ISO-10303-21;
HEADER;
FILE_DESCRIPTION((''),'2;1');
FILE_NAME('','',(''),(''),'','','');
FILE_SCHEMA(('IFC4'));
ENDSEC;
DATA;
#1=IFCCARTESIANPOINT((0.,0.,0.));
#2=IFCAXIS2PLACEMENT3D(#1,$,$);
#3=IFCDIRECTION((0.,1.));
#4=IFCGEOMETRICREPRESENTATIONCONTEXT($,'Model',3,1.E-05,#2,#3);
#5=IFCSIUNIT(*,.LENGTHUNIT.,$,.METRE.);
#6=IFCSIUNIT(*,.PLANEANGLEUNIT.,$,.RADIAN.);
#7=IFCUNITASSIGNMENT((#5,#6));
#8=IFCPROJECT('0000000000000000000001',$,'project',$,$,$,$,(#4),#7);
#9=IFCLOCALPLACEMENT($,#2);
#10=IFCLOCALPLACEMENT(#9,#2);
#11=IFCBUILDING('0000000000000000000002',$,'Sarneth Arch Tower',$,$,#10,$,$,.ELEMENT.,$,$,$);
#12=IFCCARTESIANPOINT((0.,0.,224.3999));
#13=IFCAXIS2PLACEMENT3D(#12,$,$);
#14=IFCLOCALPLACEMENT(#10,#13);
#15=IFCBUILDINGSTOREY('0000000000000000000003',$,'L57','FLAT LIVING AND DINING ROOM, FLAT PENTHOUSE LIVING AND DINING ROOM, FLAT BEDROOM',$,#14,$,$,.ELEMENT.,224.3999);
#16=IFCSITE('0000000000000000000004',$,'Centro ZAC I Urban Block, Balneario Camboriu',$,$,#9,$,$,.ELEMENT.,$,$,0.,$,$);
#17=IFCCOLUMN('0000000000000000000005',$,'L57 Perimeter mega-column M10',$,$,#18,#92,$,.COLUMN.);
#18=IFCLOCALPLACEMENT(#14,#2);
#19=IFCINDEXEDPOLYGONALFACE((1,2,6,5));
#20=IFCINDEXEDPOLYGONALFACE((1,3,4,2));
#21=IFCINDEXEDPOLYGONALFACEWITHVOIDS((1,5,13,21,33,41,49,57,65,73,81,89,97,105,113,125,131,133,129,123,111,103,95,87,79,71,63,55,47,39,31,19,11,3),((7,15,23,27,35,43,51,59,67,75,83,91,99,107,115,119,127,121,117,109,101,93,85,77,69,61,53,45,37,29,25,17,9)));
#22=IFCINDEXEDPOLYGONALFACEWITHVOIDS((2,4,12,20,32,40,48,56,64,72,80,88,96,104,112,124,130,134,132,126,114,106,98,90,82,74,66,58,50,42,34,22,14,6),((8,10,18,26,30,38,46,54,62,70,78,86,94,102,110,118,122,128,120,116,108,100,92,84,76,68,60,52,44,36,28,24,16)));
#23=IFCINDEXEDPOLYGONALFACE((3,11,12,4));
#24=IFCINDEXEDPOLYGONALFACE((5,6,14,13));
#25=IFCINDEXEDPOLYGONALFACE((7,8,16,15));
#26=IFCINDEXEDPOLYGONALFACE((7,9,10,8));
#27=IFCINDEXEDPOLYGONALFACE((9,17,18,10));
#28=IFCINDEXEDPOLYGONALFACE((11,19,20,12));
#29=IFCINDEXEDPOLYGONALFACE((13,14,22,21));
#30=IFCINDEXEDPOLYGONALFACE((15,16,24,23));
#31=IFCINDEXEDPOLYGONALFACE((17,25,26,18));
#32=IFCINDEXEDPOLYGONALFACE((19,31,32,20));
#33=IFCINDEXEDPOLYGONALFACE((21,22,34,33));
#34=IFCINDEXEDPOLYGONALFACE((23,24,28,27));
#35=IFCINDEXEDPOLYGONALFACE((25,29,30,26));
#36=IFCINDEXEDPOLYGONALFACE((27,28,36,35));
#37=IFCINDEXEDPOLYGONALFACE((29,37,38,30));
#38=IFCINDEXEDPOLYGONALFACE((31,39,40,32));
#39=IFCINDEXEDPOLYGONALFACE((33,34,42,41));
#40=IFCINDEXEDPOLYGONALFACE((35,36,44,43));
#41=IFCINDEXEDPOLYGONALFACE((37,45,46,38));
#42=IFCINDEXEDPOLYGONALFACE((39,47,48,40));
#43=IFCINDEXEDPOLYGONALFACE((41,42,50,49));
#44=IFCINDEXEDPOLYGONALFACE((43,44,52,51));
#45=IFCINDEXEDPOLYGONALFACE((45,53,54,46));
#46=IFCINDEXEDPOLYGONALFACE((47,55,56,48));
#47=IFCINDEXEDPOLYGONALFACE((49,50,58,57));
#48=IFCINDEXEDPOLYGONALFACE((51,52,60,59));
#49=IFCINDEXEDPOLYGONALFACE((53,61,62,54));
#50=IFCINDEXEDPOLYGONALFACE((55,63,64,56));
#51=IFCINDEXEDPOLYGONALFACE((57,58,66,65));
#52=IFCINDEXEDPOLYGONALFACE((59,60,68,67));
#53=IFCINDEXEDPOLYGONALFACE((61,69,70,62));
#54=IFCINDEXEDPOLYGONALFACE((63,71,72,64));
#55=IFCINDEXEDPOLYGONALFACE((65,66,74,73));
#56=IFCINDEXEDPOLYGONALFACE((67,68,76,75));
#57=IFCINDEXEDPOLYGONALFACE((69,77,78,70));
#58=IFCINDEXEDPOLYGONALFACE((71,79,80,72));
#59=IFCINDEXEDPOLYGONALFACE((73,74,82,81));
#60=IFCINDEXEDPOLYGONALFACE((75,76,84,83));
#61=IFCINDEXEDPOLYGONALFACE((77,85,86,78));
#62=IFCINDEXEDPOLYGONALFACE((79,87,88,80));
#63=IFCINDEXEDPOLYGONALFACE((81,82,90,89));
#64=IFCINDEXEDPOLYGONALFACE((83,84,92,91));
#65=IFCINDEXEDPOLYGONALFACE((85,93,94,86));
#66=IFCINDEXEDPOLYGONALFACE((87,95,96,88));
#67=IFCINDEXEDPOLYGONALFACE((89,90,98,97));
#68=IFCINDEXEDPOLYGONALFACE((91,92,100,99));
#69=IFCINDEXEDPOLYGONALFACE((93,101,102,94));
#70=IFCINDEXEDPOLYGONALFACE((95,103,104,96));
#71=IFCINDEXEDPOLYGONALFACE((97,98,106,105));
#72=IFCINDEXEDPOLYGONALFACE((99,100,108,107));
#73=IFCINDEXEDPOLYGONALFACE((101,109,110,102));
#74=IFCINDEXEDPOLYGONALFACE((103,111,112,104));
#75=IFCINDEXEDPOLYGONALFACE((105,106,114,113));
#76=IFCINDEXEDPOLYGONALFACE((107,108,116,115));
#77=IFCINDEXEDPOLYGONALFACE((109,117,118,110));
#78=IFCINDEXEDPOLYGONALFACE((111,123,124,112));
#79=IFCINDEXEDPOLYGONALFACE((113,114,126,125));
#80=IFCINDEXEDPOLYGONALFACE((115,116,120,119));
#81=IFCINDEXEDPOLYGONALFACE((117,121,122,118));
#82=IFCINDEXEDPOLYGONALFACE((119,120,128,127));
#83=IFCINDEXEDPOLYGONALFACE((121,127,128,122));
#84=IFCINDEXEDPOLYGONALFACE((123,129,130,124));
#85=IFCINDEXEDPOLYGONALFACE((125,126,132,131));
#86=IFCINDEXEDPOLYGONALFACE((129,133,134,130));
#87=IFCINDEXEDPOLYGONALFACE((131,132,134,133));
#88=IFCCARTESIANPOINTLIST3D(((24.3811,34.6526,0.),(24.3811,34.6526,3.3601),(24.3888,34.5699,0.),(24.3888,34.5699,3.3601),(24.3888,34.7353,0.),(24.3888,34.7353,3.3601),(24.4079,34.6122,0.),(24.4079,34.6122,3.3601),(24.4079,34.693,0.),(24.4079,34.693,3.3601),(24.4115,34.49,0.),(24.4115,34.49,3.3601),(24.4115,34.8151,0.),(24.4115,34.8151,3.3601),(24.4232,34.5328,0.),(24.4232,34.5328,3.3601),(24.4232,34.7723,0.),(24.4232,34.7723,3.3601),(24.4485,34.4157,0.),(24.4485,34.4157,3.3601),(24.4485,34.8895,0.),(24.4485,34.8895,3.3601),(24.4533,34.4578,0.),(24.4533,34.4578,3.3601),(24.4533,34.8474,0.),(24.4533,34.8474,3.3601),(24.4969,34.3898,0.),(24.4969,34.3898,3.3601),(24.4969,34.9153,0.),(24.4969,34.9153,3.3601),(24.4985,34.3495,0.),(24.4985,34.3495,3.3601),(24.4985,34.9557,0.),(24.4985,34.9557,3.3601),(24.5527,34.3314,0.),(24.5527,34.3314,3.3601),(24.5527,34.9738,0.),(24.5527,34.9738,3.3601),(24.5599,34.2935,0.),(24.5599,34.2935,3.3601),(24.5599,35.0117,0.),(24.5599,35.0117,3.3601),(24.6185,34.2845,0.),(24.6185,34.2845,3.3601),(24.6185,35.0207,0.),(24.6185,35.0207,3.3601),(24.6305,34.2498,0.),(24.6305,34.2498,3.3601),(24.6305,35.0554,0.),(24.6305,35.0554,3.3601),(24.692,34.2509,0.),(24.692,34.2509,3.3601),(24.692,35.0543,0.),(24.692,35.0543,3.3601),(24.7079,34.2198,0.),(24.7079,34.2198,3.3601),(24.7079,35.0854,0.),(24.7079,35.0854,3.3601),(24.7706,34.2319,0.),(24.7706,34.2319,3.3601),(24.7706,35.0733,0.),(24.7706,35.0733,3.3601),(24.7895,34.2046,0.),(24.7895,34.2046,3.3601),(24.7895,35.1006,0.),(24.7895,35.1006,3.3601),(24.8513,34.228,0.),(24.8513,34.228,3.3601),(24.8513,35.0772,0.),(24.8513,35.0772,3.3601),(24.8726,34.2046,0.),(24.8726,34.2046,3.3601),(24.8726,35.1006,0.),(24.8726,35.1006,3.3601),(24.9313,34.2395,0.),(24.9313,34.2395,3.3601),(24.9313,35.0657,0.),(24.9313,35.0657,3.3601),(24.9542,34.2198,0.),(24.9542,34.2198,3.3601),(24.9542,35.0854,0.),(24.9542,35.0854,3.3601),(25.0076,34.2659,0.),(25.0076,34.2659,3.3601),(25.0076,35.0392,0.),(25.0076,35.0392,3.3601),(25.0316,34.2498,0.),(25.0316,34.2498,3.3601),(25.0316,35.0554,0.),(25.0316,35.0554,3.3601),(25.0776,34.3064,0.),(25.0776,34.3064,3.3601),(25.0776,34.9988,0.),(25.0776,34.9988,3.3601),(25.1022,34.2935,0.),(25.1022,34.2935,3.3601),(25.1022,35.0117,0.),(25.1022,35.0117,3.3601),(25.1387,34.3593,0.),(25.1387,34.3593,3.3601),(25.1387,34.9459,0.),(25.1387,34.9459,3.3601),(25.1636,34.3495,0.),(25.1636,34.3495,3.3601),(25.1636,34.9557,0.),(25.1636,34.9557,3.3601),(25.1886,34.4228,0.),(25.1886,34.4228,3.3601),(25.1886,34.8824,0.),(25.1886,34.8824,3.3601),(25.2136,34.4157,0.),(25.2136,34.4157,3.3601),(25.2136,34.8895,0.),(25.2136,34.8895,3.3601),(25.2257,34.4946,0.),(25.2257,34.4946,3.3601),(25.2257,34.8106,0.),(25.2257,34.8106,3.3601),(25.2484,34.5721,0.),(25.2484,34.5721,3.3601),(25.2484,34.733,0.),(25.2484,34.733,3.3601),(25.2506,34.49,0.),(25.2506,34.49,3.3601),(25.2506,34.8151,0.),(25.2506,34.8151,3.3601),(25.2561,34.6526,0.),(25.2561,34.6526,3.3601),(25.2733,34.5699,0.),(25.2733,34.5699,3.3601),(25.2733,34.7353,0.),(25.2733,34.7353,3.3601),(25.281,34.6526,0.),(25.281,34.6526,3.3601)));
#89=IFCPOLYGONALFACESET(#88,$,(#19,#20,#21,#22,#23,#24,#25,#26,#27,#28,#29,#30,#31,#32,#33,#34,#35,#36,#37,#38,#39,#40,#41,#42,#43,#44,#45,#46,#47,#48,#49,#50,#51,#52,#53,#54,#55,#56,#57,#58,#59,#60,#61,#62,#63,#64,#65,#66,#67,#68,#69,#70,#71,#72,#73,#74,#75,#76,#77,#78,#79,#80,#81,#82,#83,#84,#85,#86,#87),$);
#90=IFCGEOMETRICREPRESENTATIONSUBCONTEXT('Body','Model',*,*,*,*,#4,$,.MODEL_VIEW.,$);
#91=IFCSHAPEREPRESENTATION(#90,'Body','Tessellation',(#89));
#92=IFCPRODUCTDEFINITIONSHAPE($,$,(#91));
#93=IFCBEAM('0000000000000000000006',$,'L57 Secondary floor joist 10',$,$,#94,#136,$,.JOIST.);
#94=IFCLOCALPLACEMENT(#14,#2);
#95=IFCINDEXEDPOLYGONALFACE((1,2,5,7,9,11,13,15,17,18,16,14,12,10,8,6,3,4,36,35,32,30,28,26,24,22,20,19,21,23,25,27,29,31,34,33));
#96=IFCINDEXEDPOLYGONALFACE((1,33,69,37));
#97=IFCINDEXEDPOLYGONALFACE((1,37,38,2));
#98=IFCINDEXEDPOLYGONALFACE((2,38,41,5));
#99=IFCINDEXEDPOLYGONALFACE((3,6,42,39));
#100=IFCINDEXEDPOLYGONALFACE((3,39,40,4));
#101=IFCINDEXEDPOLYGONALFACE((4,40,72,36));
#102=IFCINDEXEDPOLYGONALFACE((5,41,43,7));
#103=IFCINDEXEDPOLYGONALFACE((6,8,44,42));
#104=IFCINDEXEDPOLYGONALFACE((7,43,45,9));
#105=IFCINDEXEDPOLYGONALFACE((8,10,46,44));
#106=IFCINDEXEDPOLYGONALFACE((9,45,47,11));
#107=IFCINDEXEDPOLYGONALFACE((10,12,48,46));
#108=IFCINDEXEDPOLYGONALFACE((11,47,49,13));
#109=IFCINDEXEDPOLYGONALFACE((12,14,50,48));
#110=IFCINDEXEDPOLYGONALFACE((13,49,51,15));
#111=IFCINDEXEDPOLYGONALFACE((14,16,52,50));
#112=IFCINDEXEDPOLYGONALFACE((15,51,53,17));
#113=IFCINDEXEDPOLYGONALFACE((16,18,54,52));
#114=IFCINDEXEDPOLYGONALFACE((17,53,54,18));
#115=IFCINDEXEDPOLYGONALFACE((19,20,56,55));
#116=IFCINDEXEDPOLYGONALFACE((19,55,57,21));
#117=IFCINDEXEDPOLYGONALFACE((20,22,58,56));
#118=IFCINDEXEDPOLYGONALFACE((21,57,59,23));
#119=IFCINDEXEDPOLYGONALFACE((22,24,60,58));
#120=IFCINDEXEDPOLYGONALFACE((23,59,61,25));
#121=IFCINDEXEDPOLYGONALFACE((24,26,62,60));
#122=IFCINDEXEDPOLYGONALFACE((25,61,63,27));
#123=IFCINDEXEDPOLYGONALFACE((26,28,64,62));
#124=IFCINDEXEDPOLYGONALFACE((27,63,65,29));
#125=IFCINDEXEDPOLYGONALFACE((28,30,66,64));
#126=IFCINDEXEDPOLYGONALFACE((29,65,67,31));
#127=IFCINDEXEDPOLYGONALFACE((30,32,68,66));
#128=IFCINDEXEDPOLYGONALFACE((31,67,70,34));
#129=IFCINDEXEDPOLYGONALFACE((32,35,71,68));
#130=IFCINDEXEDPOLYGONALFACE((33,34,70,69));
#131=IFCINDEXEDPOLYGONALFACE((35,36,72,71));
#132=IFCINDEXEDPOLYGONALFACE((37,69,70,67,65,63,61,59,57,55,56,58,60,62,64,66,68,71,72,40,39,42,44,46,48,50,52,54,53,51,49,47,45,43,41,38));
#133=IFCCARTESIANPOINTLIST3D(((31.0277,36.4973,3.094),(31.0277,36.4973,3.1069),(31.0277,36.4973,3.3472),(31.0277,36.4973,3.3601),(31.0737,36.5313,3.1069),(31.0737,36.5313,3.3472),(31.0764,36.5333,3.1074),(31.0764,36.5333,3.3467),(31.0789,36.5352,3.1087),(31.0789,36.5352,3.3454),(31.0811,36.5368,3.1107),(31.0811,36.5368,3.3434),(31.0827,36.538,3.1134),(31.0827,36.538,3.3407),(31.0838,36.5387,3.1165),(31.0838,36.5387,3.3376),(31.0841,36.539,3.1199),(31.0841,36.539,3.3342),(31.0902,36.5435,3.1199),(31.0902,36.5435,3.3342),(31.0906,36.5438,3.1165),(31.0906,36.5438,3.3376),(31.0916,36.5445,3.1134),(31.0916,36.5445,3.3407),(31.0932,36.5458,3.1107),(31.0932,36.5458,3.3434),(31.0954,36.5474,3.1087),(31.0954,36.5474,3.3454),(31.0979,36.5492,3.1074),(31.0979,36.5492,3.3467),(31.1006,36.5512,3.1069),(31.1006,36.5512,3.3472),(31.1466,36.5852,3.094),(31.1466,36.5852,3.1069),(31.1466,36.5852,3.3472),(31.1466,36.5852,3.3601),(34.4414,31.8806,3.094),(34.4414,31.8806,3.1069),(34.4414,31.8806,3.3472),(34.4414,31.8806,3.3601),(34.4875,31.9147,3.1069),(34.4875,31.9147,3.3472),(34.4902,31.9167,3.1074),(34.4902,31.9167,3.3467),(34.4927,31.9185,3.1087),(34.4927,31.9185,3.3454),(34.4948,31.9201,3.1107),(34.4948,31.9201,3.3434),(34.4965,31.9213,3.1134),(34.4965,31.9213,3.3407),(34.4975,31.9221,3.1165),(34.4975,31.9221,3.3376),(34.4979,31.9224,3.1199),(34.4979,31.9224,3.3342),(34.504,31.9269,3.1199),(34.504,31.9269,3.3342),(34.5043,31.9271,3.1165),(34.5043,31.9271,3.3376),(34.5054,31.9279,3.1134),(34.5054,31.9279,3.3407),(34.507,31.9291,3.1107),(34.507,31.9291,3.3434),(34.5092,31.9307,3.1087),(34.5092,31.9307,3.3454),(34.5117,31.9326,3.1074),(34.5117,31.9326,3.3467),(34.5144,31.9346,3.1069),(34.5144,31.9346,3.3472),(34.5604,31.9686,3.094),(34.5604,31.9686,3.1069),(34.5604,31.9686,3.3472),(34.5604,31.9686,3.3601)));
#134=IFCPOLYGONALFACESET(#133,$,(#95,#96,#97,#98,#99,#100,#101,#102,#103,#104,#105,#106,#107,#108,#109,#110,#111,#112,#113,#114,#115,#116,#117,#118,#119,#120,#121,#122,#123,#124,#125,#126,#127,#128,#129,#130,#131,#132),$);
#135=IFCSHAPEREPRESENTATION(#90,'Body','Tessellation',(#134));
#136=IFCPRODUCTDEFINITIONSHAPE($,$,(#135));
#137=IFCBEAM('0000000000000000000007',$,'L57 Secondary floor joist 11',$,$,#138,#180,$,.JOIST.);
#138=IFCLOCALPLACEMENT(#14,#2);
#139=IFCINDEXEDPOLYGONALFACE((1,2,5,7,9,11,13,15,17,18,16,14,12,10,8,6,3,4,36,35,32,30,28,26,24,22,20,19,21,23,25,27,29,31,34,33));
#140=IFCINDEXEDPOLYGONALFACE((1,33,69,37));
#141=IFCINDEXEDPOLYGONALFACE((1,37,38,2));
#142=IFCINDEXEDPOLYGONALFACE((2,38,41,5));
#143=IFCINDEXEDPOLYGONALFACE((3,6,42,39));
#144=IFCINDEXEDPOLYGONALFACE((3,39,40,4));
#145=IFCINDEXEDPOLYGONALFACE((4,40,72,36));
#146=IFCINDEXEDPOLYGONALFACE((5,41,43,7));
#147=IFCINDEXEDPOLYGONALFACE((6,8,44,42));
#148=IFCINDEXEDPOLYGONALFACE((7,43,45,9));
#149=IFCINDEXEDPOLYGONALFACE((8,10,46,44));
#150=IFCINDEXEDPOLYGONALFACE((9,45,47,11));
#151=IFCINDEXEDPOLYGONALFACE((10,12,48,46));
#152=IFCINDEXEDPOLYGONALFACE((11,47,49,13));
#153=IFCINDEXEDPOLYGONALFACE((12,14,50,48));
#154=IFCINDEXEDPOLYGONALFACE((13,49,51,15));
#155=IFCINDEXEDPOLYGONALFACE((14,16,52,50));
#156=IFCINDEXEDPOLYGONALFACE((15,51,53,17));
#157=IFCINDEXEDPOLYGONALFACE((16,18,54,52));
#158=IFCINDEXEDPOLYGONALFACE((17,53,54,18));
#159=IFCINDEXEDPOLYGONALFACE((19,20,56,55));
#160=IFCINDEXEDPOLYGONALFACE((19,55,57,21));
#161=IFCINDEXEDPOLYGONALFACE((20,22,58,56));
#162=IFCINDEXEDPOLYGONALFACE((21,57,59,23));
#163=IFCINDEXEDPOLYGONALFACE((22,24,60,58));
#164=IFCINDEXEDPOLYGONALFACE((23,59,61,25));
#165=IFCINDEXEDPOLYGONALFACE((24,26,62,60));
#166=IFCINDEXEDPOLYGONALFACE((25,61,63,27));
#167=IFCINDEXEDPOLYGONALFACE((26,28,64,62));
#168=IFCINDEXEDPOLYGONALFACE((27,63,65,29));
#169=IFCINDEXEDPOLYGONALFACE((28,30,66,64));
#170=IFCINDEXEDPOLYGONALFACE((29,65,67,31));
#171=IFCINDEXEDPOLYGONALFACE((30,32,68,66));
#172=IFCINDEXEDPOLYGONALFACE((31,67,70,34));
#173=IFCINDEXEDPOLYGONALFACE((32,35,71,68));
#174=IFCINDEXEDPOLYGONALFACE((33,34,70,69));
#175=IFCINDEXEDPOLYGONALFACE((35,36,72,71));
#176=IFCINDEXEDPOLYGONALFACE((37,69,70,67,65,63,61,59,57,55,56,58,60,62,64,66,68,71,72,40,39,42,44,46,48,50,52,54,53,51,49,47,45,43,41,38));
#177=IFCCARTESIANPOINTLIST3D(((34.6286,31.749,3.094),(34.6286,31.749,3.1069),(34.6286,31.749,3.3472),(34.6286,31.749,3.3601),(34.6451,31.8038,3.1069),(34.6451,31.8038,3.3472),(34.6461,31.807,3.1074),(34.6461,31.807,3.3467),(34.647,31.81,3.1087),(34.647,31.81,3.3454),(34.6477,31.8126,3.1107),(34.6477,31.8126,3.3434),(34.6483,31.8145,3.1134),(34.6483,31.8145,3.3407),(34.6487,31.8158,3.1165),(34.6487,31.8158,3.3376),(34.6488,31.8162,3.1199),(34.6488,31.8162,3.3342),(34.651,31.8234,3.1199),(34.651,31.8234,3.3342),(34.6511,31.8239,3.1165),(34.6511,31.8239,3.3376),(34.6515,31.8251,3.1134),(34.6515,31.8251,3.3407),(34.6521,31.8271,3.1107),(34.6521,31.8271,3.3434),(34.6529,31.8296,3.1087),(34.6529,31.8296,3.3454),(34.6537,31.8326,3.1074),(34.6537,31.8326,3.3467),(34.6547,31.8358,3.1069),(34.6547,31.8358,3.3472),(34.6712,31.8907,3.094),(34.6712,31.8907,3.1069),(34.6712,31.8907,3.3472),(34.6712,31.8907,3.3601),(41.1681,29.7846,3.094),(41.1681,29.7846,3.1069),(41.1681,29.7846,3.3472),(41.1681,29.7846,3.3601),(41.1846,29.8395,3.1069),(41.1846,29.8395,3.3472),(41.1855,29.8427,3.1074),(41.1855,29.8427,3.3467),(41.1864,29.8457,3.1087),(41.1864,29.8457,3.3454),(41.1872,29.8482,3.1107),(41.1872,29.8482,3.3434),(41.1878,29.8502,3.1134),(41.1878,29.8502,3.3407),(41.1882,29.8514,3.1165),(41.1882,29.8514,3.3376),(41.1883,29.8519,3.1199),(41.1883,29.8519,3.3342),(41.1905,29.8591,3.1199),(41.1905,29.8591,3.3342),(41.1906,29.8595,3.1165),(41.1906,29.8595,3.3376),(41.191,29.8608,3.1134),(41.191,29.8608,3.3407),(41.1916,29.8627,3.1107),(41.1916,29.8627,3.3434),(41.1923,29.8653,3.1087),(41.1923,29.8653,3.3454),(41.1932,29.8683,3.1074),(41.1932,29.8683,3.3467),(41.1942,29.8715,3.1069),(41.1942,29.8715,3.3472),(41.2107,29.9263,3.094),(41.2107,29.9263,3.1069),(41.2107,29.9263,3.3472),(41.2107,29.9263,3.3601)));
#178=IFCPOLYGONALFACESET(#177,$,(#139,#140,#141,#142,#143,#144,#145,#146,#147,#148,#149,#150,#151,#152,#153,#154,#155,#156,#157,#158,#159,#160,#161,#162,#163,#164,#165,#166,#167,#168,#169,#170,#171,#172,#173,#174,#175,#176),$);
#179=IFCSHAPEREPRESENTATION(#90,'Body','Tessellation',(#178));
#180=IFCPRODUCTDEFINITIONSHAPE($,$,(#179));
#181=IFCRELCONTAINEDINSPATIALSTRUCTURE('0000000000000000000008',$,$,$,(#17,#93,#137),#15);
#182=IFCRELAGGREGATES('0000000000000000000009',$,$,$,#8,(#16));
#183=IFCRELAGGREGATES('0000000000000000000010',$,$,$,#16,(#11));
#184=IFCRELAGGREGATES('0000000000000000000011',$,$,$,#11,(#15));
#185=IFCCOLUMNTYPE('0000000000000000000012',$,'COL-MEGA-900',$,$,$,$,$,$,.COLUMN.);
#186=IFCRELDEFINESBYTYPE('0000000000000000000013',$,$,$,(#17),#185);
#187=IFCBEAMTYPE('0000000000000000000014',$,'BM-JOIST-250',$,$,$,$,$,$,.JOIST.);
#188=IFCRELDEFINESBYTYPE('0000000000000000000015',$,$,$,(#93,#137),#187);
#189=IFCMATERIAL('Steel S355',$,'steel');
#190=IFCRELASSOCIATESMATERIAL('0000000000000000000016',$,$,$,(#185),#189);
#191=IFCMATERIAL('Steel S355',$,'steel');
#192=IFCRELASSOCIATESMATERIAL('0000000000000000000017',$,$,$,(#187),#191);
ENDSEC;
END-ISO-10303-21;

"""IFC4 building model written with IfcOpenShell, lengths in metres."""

from ifc_helpers import new_model, si_unit, direction, frame, origin, origin_2d, place, context, subcontext, project, spatial, hollow_circle, i_section, extrude, material, material_profile, profile_set, type_object, element, save


model = new_model("IFC4")

# Units and contexts
model_context = context("Model", 3, precision=1e-05, world=origin(), true_north=direction((0.0, 1.0)))
body_context = subcontext(model_context, "Body", "Model", "MODEL_VIEW")
ifc_project = project(units=[si_unit("LENGTHUNIT", "METRE"), si_unit("PLANEANGLEUNIT", "RADIAN")], contexts=[model_context])

# Site, building, storey
site_placement = place(None, origin())
site = spatial("IfcSite", under=ifc_project, at=site_placement, Name="Centro ZAC I Urban Block, Balneario Camboriu", CompositionType="ELEMENT", RefElevation=0.0)
building_placement = place(site_placement, origin())
building = spatial("IfcBuilding", under=site, at=building_placement, Name="Sarneth Arch Tower", CompositionType="ELEMENT")
storey_placement = place(building_placement, frame((0.0, 0.0, 224.3999)))
storey = spatial("IfcBuildingStorey", under=building, at=storey_placement, Name="L57", Description="FLAT LIVING AND DINING ROOM, FLAT PENTHOUSE LIVING AND DINING ROOM, FLAT BEDROOM", CompositionType="ELEMENT", Elevation=224.3999)

# Column
ifc_material_1 = material(Name="Steel S355", Category="steel")
ifc_material_profile_1 = material_profile(ifc_material_1, hollow_circle(Radius=0.45, WallThickness=0.0249, at=origin_2d()), Name="CHS900x25")
ifc_profile_set_1 = profile_set([ifc_material_profile_1], Name="Steel S355")
column_type = type_object("IfcColumnType", Name="COL-MEGA-900", PredefinedType="COLUMN", material=ifc_profile_set_1)
column_placement = place(storey_placement, frame((24.8311, 34.6526, 0.0), z_axis=(0.0, 0.0, 1.0), x_axis=(1.0, 0.0, 0.0)))
element("IfcColumn", 1, at=column_placement, inside=storey, type_object=column_type, Name="L57 Perimeter mega-column M10", PredefinedType="COLUMN", context=body_context, shape_type="SweptSolid", body=[
    extrude(hollow_circle(Radius=0.45, WallThickness=0.0249, at=origin_2d()), origin(), (0.0, 0.0, 1.0), 3.3601),
])

# Beams
ifc_material_2 = material(Name="Steel S355", Category="steel")
ifc_material_profile_2 = material_profile(ifc_material_2, i_section(OverallWidth=0.1479, OverallDepth=0.2661, WebThickness=0.0076, FlangeThickness=0.0129, FilletRadius=0.0129, at=origin_2d()), Name="W250x44.8")
ifc_profile_set_2 = profile_set([ifc_material_profile_2], Name="Steel S355")
beam_type_1 = type_object("IfcBeamType", Name="BM-JOIST-250", PredefinedType="JOIST", material=ifc_profile_set_2)
beam_1_placement = place(storey_placement, frame((31.0872, 36.5413, 3.2271), z_axis=(0.594557, -0.804053, 0.0), x_axis=(0.804053, 0.594557, 0.0)))
element("IfcBeam", 2, at=beam_1_placement, inside=storey, type_object=beam_type_1, Name="L57 Secondary floor joist 10", PredefinedType="JOIST", context=body_context, shape_type="SweptSolid", body=[
    extrude(i_section(OverallWidth=0.1479, OverallDepth=0.2661, WebThickness=0.0076, FlangeThickness=0.0129, FilletRadius=0.0129, at=origin_2d()), origin(), (0.0, 0.0, 1.0), 5.7417),
])
beam_2_placement = place(storey_placement, frame((34.6499, 31.8198, 3.2271), z_axis=(0.957726, -0.287682, 0.0), x_axis=(0.287682, 0.957726, 0.0)))
element("IfcBeam", 3, at=beam_2_placement, inside=storey, type_object=beam_type_1, Name="L57 Secondary floor joist 11", PredefinedType="JOIST", context=body_context, shape_type="SweptSolid", body=[
    extrude(i_section(OverallWidth=0.1479, OverallDepth=0.2661, WebThickness=0.0076, FlangeThickness=0.0129, FilletRadius=0.0129, at=origin_2d()), origin(), (0.0, 0.0, 1.0), 6.8281),
])

save(model, "model.ifc")
